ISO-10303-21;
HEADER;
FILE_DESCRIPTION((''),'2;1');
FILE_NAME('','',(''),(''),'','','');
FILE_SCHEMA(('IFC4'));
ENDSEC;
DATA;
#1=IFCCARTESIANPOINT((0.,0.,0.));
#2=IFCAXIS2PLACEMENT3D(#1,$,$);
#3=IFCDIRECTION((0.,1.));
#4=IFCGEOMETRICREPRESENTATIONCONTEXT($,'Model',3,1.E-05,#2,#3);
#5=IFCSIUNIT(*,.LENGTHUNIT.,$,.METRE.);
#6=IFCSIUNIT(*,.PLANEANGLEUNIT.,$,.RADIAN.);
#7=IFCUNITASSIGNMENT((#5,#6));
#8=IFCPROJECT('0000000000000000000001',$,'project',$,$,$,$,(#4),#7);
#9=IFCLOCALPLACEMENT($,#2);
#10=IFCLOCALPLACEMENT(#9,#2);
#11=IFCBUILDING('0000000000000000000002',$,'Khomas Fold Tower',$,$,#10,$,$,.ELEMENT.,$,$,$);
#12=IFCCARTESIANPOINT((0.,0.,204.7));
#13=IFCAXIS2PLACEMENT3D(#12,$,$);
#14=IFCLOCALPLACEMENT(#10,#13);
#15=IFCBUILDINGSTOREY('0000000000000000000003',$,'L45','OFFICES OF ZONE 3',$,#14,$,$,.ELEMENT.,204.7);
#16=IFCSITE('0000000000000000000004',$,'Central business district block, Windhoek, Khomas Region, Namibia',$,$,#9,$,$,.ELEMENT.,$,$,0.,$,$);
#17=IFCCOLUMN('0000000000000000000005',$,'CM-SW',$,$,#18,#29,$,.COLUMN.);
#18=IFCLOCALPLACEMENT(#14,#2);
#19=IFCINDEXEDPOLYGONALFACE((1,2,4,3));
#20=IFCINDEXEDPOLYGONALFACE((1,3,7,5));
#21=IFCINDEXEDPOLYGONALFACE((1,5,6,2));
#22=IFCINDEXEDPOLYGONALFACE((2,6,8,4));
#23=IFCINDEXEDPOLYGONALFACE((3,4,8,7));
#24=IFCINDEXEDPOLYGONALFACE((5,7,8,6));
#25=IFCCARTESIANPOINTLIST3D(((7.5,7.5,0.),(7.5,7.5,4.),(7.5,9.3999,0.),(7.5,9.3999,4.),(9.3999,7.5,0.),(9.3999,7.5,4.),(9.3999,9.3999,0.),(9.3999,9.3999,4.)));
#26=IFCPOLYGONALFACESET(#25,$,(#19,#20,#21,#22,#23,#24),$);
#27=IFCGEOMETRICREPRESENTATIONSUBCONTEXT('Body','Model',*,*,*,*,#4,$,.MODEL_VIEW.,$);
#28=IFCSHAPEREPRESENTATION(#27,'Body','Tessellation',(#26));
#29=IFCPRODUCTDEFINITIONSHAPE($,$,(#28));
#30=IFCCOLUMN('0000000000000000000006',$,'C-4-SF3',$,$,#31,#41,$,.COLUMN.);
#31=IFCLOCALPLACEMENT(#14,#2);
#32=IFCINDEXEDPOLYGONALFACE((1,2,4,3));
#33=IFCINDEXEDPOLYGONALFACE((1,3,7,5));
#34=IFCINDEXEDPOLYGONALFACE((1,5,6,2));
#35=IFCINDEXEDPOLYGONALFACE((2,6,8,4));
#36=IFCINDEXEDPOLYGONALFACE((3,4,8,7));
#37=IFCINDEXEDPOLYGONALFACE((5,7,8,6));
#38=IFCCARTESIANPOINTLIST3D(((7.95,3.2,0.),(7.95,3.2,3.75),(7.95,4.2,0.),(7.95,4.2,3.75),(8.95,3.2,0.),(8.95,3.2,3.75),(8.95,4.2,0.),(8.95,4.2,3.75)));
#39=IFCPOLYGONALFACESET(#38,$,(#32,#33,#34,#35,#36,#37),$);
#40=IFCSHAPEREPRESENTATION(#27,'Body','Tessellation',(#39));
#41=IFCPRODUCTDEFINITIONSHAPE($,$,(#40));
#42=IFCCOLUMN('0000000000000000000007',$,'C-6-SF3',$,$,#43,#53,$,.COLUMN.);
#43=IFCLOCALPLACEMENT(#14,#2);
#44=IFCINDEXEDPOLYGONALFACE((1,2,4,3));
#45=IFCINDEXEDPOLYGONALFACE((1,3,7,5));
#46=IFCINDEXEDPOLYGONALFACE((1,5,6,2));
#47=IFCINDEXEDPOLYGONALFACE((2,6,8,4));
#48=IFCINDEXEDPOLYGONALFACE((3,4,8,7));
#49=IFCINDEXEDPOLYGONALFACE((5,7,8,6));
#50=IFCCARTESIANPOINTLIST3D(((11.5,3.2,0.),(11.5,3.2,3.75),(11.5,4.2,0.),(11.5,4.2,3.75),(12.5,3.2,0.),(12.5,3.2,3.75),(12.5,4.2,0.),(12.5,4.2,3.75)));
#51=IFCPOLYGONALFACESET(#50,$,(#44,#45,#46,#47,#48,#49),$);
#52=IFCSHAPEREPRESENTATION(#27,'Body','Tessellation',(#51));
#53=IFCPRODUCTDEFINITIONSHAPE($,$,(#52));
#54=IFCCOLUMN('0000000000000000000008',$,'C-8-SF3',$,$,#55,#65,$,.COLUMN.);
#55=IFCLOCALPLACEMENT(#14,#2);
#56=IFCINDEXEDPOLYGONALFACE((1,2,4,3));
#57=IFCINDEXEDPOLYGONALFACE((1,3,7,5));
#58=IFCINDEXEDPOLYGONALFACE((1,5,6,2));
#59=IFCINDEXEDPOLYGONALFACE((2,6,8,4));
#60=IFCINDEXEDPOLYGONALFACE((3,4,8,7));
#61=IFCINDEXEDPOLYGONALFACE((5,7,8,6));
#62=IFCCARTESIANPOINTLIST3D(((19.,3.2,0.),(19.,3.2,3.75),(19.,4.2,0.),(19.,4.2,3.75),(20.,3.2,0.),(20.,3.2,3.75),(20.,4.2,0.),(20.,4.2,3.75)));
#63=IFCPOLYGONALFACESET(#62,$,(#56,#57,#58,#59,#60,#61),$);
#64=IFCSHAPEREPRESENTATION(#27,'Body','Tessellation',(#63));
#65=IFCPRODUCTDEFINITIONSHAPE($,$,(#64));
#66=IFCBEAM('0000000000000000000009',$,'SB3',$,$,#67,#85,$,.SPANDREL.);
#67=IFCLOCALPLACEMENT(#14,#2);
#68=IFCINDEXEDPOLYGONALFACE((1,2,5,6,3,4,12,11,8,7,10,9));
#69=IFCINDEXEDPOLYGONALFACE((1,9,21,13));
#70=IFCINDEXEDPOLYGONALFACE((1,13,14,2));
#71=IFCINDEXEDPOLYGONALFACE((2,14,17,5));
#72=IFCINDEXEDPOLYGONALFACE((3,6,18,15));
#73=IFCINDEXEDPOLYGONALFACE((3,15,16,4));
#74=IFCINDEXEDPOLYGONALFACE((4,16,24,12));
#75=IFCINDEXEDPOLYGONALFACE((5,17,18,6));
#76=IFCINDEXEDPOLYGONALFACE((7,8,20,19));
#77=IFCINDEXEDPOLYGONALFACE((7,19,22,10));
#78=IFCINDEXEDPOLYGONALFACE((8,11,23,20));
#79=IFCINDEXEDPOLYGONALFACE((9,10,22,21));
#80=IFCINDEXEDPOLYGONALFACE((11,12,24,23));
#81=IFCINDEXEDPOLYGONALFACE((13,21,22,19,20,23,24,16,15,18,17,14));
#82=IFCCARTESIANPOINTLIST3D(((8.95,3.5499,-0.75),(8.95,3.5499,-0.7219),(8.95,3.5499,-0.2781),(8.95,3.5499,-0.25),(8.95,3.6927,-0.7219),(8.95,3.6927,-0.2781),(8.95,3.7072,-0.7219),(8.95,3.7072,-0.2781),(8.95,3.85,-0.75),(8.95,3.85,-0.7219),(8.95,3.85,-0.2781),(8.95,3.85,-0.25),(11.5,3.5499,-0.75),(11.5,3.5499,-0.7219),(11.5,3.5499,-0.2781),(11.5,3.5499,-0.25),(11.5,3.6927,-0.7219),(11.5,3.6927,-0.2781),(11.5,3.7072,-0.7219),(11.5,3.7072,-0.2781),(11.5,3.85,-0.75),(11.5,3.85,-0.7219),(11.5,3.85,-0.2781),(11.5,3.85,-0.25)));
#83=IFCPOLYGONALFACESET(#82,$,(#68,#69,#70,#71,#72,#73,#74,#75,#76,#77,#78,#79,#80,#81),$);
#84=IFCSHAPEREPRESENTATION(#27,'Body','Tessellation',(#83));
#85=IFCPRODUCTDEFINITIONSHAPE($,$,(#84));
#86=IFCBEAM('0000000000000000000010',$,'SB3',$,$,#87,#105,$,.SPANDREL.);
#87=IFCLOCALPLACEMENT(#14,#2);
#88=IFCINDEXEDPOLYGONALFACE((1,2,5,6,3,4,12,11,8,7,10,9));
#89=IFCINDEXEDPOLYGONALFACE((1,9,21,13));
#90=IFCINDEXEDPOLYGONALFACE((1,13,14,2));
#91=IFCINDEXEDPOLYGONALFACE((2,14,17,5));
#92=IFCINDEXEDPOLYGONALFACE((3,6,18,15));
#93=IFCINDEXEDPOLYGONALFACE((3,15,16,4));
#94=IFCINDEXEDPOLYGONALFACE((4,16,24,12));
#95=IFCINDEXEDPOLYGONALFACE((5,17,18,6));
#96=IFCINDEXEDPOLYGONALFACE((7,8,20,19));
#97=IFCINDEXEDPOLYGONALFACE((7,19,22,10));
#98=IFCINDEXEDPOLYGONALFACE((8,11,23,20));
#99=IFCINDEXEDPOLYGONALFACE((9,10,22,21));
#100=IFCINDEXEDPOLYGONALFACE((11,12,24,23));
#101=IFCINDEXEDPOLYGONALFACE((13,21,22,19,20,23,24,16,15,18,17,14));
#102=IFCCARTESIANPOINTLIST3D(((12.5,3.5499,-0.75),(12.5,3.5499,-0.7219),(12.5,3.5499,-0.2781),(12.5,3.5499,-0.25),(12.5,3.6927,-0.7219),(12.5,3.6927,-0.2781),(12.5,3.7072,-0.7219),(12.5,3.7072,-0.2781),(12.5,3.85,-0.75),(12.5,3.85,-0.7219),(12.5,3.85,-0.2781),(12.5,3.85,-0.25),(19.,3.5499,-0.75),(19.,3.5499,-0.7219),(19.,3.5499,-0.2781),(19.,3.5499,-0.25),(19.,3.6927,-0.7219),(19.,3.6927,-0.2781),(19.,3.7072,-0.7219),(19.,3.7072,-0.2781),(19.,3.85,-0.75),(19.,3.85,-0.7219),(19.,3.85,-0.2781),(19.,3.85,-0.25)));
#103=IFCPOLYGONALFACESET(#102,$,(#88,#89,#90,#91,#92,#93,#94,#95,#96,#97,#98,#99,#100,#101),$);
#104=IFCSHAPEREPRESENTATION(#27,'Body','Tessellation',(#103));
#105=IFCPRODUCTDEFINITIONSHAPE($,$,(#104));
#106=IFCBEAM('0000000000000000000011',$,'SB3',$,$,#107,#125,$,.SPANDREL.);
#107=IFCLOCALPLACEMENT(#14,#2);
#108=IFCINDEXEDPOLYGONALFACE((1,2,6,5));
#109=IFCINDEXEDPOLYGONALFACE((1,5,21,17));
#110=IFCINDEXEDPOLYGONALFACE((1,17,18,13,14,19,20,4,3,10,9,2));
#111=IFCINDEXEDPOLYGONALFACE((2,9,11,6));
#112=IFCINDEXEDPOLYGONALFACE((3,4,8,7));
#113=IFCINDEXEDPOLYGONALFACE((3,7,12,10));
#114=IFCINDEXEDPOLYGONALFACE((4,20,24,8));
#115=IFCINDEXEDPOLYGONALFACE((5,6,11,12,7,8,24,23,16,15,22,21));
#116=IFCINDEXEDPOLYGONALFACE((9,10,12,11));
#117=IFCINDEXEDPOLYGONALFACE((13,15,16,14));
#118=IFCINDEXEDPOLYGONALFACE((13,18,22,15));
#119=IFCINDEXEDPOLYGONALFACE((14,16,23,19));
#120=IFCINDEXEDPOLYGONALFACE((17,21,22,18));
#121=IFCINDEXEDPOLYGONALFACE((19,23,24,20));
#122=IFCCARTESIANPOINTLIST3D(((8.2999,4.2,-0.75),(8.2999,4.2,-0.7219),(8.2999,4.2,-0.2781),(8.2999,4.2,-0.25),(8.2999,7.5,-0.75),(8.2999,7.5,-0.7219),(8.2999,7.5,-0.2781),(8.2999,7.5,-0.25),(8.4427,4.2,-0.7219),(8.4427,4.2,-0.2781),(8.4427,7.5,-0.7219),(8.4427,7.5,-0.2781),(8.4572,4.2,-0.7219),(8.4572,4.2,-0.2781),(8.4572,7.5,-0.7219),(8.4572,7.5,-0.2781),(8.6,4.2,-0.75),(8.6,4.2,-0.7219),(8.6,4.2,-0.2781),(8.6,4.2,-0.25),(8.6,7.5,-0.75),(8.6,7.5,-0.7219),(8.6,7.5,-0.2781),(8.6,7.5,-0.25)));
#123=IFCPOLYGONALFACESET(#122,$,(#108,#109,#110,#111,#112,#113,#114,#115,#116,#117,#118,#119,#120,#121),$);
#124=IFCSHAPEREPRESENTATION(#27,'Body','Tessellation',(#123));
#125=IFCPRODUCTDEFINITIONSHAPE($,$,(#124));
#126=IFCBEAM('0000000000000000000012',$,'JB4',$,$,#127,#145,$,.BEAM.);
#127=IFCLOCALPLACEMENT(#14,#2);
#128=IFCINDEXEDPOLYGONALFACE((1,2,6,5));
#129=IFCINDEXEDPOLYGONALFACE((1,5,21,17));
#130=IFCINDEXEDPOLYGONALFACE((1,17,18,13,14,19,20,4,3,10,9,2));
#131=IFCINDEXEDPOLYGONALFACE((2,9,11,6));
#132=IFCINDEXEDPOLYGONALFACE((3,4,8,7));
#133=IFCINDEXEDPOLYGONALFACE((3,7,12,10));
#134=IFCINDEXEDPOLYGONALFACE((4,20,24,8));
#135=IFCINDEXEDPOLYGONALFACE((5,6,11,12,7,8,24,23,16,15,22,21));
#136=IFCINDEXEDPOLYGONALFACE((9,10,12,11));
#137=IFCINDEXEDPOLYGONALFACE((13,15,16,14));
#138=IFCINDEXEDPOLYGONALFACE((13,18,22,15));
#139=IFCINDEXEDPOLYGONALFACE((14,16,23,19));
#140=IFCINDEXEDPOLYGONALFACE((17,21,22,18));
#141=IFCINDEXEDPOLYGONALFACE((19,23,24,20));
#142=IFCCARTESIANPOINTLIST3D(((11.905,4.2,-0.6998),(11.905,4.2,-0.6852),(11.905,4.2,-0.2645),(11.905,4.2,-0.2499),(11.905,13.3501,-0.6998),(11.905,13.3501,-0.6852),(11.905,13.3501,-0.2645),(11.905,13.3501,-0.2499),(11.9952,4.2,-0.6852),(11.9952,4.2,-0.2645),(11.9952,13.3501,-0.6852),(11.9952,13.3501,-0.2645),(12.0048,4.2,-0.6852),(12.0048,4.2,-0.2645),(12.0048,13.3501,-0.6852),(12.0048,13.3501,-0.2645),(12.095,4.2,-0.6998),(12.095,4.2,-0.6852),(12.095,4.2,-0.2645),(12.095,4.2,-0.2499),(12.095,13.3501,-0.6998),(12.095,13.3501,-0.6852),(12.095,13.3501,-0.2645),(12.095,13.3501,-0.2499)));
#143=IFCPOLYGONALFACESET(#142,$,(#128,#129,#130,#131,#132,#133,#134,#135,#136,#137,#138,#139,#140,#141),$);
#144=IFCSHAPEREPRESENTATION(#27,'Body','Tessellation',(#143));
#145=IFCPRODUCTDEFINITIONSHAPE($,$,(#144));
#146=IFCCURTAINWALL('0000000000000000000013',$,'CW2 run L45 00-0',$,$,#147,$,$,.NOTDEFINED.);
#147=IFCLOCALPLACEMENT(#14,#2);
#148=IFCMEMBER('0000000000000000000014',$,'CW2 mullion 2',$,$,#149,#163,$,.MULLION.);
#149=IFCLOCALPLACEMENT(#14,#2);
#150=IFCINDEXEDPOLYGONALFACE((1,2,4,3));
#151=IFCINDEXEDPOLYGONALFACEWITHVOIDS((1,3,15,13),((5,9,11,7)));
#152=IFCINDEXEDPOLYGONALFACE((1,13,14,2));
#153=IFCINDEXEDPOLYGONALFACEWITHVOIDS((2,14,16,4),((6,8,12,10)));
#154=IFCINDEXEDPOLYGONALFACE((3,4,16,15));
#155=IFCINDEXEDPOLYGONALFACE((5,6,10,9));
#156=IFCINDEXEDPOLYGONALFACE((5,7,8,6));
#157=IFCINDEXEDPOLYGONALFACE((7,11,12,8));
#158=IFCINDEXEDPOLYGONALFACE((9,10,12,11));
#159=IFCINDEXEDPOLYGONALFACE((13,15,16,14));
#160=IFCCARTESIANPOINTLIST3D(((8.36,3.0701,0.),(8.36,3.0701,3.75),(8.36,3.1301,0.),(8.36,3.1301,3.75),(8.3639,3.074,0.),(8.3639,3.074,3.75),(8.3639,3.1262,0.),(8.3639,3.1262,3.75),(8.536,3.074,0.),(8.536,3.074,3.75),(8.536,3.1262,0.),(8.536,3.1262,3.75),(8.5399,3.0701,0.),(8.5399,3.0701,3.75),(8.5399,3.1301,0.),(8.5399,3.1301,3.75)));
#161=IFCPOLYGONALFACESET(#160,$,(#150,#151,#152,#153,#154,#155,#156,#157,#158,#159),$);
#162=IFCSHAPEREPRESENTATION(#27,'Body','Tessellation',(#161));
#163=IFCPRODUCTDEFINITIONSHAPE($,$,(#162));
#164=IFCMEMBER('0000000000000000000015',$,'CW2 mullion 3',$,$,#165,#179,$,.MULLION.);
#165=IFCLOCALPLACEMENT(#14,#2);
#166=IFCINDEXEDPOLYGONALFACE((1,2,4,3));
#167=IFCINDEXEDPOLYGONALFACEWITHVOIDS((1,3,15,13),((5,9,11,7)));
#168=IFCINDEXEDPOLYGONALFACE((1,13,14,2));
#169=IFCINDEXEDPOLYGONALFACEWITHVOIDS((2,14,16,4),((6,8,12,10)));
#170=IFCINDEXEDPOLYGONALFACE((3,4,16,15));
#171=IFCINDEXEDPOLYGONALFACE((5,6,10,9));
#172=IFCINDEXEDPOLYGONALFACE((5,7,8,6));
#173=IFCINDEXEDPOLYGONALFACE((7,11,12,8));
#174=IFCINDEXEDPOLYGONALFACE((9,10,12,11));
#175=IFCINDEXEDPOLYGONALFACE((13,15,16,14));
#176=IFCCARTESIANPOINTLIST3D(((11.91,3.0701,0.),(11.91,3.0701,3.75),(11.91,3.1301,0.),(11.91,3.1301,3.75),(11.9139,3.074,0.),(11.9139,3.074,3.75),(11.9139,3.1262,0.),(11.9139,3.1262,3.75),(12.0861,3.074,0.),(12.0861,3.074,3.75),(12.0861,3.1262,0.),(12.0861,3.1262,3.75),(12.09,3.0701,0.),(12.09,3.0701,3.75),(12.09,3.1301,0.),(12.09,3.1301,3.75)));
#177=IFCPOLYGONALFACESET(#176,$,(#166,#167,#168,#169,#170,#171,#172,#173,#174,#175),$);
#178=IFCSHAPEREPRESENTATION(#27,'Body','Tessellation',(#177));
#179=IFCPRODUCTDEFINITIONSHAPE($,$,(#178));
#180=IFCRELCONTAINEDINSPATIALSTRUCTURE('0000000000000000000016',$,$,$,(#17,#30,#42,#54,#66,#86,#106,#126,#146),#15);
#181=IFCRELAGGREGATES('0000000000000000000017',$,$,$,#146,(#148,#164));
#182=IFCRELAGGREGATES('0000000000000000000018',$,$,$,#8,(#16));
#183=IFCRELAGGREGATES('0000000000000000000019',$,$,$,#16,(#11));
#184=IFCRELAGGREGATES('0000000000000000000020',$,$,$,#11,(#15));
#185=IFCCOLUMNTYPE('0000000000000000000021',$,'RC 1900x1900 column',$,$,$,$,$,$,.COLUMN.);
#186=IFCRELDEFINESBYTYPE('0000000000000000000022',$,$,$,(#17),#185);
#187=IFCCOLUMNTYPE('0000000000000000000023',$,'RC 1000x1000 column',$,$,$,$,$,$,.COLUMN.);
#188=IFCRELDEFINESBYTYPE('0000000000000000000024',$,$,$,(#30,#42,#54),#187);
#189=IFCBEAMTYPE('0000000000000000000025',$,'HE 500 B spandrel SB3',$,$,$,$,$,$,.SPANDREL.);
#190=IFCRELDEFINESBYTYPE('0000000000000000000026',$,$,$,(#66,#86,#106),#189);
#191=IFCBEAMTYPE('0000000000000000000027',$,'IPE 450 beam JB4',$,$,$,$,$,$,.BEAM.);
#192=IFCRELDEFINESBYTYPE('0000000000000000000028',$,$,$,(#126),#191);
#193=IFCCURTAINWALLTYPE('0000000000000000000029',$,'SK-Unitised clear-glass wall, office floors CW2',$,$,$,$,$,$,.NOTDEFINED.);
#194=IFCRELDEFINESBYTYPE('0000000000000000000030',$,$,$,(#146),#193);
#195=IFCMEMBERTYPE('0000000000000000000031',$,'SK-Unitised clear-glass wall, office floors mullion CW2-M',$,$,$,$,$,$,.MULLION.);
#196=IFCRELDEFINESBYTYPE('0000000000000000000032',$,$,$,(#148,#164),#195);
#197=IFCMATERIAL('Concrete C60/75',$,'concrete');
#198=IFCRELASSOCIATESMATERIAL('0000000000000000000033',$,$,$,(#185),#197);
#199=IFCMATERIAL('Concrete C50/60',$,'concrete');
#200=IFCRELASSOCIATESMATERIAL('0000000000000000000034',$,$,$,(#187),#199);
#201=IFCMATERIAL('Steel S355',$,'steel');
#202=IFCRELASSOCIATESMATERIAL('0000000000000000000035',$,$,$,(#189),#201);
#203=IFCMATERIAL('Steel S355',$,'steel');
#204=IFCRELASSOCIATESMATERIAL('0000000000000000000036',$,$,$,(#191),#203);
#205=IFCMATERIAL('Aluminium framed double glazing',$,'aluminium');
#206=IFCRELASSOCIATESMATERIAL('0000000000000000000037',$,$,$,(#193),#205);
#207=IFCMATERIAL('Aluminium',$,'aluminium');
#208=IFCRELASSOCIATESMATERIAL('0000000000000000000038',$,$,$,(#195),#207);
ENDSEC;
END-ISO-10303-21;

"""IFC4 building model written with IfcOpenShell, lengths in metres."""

from ifc_helpers import new_model, si_unit, direction, frame, origin, origin_2d, place, context, subcontext, project, spatial, rectangle, hollow_rectangle, i_section, extrude, source, transform, mapped, material, material_profile, profile_set, type_object, element, aggregate, save


model = new_model("IFC4")

# Units and contexts
model_context = context("Model", 3, precision=1e-05, world=origin(), true_north=direction((0.0, 1.0)))
body_context = subcontext(model_context, "Body", "Model", "MODEL_VIEW")
ifc_project = project(units=[si_unit("LENGTHUNIT", "METRE"), si_unit("PLANEANGLEUNIT", "RADIAN")], contexts=[model_context])

# Site, building, storey
site_placement = place(None, origin())
site = spatial("IfcSite", under=ifc_project, at=site_placement, Name="Central business district block, Windhoek, Khomas Region, Namibia", CompositionType="ELEMENT", RefElevation=0.0)
building_placement = place(site_placement, origin())
building = spatial("IfcBuilding", under=site, at=building_placement, Name="Khomas Fold Tower", CompositionType="ELEMENT")
storey_placement = place(building_placement, frame((0.0, 0.0, 204.7)))
storey = spatial("IfcBuildingStorey", under=building, at=storey_placement, Name="L45", Description="OFFICES OF ZONE 3", CompositionType="ELEMENT", Elevation=204.7)

# Columns
ifc_material_1 = material(Name="Concrete C60/75", Category="concrete")
ifc_material_profile_1 = material_profile(ifc_material_1, rectangle(XDim=1.8999, YDim=1.8999, at=origin_2d()), Name="RC 1900x1900")
ifc_profile_set_1 = profile_set([ifc_material_profile_1], Name="Concrete C60/75")
column_type_1 = type_object("IfcColumnType", Name="RC 1900x1900 column", PredefinedType="COLUMN", material=ifc_profile_set_1)
shared_shape_1 = source(origin(), body_context, "Body", "SweptSolid", [
    extrude(rectangle(XDim=1.8999, YDim=1.8999, at=origin_2d()), origin(), (0.0, 0.0, 1.0), 4.0),
])
column_placement = place(storey_placement, frame((8.45, 8.45, 0.0), z_axis=(0.0, 0.0, 1.0), x_axis=(1.0, 0.0, 0.0)))
element("IfcColumn", 1, at=column_placement, inside=storey, type_object=column_type_1, Name="CM-SW", PredefinedType="COLUMN", context=body_context, shape_type="MappedRepresentation", body=[
    mapped(shared_shape_1, transform((0.0, 0.0, 0.0))),
])
ifc_material_2 = material(Name="Concrete C50/60", Category="concrete")
ifc_material_profile_2 = material_profile(ifc_material_2, rectangle(XDim=1.0, YDim=1.0, at=origin_2d()), Name="RC 1000x1000")
ifc_profile_set_2 = profile_set([ifc_material_profile_2], Name="Concrete C50/60")
column_type_2 = type_object("IfcColumnType", Name="RC 1000x1000 column", PredefinedType="COLUMN", material=ifc_profile_set_2)
shared_shape_2 = source(origin(), body_context, "Body", "SweptSolid", [
    extrude(rectangle(XDim=1.0, YDim=1.0, at=origin_2d()), origin(), (0.0, 0.0, 1.0), 3.75),
])
for number, where, z_axis, x_axis, name in (
    (2, (8.45, 3.7, 0.0), (0.0, 0.0, 1.0), (1.0, 0.0, 0.0), "C-4-SF3"),
    (3, (12.0, 3.7, 0.0), (0.0, 0.0, 1.0), (1.0, 0.0, 0.0), "C-6-SF3"),
    (4, (19.5, 3.7, 0.0), (0.0, 0.0, 1.0), (1.0, 0.0, 0.0), "C-8-SF3"),
):
    element("IfcColumn", number, at=place(storey_placement, frame(where, z_axis=z_axis, x_axis=x_axis)), inside=storey, type_object=column_type_2, Name=name, PredefinedType="COLUMN", context=body_context, shape_type="MappedRepresentation", body=[
        mapped(shared_shape_2, transform((0.0, 0.0, 0.0))),
    ])

# Beams
ifc_material_3 = material(Name="Steel S355", Category="steel")
ifc_material_profile_3 = material_profile(ifc_material_3, i_section(OverallWidth=0.3, OverallDepth=0.5, WebThickness=0.0144, FlangeThickness=0.0281, at=origin_2d()), Name="HE 500 B")
ifc_profile_set_3 = profile_set([ifc_material_profile_3], Name="Steel S355")
beam_type_1 = type_object("IfcBeamType", Name="HE 500 B spandrel SB3", PredefinedType="SPANDREL", material=ifc_profile_set_3)
shared_shape_3 = source(origin(), body_context, "Body", "SweptSolid", [
    extrude(i_section(OverallWidth=0.3, OverallDepth=0.5, WebThickness=0.0144, FlangeThickness=0.0281, at=origin_2d()), origin(), (0.0, 0.0, 1.0), 2.55),
])
beam_1_placement = place(storey_placement, frame((8.95, 3.7, -0.5), z_axis=(1.0, 0.0, 0.0), x_axis=(0.0, 1.0, 0.0)))
element("IfcBeam", 5, at=beam_1_placement, inside=storey, type_object=beam_type_1, Name="SB3", PredefinedType="SPANDREL", context=body_context, shape_type="MappedRepresentation", body=[
    mapped(shared_shape_3, transform((0.0, 0.0, 0.0))),
])
shared_shape_4 = source(origin(), body_context, "Body", "SweptSolid", [
    extrude(i_section(OverallWidth=0.3, OverallDepth=0.5, WebThickness=0.0144, FlangeThickness=0.0281, at=origin_2d()), origin(), (0.0, 0.0, 1.0), 6.5),
])
beam_2_placement = place(storey_placement, frame((12.5, 3.7, -0.5), z_axis=(1.0, 0.0, 0.0), x_axis=(0.0, 1.0, 0.0)))
element("IfcBeam", 6, at=beam_2_placement, inside=storey, type_object=beam_type_1, Name="SB3", PredefinedType="SPANDREL", context=body_context, shape_type="MappedRepresentation", body=[
    mapped(shared_shape_4, transform((0.0, 0.0, 0.0))),
])
shared_shape_5 = source(origin(), body_context, "Body", "SweptSolid", [
    extrude(i_section(OverallWidth=0.3, OverallDepth=0.5, WebThickness=0.0144, FlangeThickness=0.0281, at=origin_2d()), origin(), (0.0, 0.0, 1.0), 3.3),
])
beam_3_placement = place(storey_placement, frame((8.45, 4.2, -0.5), z_axis=(0.0, 1.0, 0.0), x_axis=(-1.0, 0.0, 0.0)))
element("IfcBeam", 7, at=beam_3_placement, inside=storey, type_object=beam_type_1, Name="SB3", PredefinedType="SPANDREL", context=body_context, shape_type="MappedRepresentation", body=[
    mapped(shared_shape_5, transform((0.0, 0.0, 0.0))),
])
ifc_material_4 = material(Name="Steel S355", Category="steel")
ifc_material_profile_4 = material_profile(ifc_material_4, i_section(OverallWidth=0.1899, OverallDepth=0.45, WebThickness=0.0095, FlangeThickness=0.0146, at=origin_2d()), Name="IPE 450")
ifc_profile_set_4 = profile_set([ifc_material_profile_4], Name="Steel S355")
beam_type_2 = type_object("IfcBeamType", Name="IPE 450 beam JB4", PredefinedType="BEAM", material=ifc_profile_set_4)
shared_shape_6 = source(origin(), body_context, "Body", "SweptSolid", [
    extrude(i_section(OverallWidth=0.1899, OverallDepth=0.45, WebThickness=0.0095, FlangeThickness=0.0146, at=origin_2d()), origin(), (0.0, 0.0, 1.0), 9.1501),
])
beam_4_placement = place(storey_placement, frame((12.0, 4.2, -0.4749), z_axis=(0.0, 1.0, 0.0), x_axis=(-1.0, 0.0, 0.0)))
element("IfcBeam", 8, at=beam_4_placement, inside=storey, type_object=beam_type_2, Name="JB4", PredefinedType="BEAM", context=body_context, shape_type="MappedRepresentation", body=[
    mapped(shared_shape_6, transform((0.0, 0.0, 0.0))),
])

# Curtain wall, members
ifc_material_5 = material(Name="Aluminium framed double glazing", Category="aluminium")
curtain_wall_type = type_object("IfcCurtainWallType", Name="SK-Unitised clear-glass wall, office floors CW2", PredefinedType="NOTDEFINED", material=ifc_material_5)
curtain_wall_1_placement = place(storey_placement, origin())
curtain_wall_1 = element("IfcCurtainWall", 9, at=curtain_wall_1_placement, inside=storey, type_object=curtain_wall_type, Name="CW2 run L45 00-0", PredefinedType="NOTDEFINED")
ifc_material_6 = material(Name="Aluminium", Category="aluminium")
ifc_material_profile_5 = material_profile(ifc_material_6, hollow_rectangle(XDim=0.0601, YDim=0.1799, WallThickness=0.0039, at=origin_2d()), Name="SK-Unitised clear-glass wall, office floors mullion CW2-M")
ifc_profile_set_5 = profile_set([ifc_material_profile_5], Name="Aluminium")
member_type_1 = type_object("IfcMemberType", Name="SK-Unitised clear-glass wall, office floors mullion CW2-M", PredefinedType="MULLION", material=ifc_profile_set_5)
shared_shape_7 = source(origin(), body_context, "Body", "SweptSolid", [
    extrude(hollow_rectangle(XDim=0.0601, YDim=0.1799, WallThickness=0.0039, at=origin_2d()), origin(), (0.0, 0.0, 1.0), 3.75),
])
member_1_placement = place(storey_placement, frame((8.45, 3.1001, 0.0), z_axis=(0.0, 0.0, 1.0), x_axis=(0.0, 1.0, 0.0)))
member_1 = element("IfcMember", 10, at=member_1_placement, type_object=member_type_1, Name="CW2 mullion 2", PredefinedType="MULLION", context=body_context, shape_type="MappedRepresentation", body=[
    mapped(shared_shape_7, transform((0.0, 0.0, 0.0))),
])
member_2_placement = place(storey_placement, frame((12.0, 3.1001, 0.0), z_axis=(0.0, 0.0, 1.0), x_axis=(0.0, 1.0, 0.0)))
member_2 = element("IfcMember", 11, at=member_2_placement, type_object=member_type_1, Name="CW2 mullion 3", PredefinedType="MULLION", context=body_context, shape_type="MappedRepresentation", body=[
    mapped(shared_shape_7, transform((0.0, 0.0, 0.0))),
])

aggregate(curtain_wall_1, [member_1, member_2])

save(model, "model.ifc")
